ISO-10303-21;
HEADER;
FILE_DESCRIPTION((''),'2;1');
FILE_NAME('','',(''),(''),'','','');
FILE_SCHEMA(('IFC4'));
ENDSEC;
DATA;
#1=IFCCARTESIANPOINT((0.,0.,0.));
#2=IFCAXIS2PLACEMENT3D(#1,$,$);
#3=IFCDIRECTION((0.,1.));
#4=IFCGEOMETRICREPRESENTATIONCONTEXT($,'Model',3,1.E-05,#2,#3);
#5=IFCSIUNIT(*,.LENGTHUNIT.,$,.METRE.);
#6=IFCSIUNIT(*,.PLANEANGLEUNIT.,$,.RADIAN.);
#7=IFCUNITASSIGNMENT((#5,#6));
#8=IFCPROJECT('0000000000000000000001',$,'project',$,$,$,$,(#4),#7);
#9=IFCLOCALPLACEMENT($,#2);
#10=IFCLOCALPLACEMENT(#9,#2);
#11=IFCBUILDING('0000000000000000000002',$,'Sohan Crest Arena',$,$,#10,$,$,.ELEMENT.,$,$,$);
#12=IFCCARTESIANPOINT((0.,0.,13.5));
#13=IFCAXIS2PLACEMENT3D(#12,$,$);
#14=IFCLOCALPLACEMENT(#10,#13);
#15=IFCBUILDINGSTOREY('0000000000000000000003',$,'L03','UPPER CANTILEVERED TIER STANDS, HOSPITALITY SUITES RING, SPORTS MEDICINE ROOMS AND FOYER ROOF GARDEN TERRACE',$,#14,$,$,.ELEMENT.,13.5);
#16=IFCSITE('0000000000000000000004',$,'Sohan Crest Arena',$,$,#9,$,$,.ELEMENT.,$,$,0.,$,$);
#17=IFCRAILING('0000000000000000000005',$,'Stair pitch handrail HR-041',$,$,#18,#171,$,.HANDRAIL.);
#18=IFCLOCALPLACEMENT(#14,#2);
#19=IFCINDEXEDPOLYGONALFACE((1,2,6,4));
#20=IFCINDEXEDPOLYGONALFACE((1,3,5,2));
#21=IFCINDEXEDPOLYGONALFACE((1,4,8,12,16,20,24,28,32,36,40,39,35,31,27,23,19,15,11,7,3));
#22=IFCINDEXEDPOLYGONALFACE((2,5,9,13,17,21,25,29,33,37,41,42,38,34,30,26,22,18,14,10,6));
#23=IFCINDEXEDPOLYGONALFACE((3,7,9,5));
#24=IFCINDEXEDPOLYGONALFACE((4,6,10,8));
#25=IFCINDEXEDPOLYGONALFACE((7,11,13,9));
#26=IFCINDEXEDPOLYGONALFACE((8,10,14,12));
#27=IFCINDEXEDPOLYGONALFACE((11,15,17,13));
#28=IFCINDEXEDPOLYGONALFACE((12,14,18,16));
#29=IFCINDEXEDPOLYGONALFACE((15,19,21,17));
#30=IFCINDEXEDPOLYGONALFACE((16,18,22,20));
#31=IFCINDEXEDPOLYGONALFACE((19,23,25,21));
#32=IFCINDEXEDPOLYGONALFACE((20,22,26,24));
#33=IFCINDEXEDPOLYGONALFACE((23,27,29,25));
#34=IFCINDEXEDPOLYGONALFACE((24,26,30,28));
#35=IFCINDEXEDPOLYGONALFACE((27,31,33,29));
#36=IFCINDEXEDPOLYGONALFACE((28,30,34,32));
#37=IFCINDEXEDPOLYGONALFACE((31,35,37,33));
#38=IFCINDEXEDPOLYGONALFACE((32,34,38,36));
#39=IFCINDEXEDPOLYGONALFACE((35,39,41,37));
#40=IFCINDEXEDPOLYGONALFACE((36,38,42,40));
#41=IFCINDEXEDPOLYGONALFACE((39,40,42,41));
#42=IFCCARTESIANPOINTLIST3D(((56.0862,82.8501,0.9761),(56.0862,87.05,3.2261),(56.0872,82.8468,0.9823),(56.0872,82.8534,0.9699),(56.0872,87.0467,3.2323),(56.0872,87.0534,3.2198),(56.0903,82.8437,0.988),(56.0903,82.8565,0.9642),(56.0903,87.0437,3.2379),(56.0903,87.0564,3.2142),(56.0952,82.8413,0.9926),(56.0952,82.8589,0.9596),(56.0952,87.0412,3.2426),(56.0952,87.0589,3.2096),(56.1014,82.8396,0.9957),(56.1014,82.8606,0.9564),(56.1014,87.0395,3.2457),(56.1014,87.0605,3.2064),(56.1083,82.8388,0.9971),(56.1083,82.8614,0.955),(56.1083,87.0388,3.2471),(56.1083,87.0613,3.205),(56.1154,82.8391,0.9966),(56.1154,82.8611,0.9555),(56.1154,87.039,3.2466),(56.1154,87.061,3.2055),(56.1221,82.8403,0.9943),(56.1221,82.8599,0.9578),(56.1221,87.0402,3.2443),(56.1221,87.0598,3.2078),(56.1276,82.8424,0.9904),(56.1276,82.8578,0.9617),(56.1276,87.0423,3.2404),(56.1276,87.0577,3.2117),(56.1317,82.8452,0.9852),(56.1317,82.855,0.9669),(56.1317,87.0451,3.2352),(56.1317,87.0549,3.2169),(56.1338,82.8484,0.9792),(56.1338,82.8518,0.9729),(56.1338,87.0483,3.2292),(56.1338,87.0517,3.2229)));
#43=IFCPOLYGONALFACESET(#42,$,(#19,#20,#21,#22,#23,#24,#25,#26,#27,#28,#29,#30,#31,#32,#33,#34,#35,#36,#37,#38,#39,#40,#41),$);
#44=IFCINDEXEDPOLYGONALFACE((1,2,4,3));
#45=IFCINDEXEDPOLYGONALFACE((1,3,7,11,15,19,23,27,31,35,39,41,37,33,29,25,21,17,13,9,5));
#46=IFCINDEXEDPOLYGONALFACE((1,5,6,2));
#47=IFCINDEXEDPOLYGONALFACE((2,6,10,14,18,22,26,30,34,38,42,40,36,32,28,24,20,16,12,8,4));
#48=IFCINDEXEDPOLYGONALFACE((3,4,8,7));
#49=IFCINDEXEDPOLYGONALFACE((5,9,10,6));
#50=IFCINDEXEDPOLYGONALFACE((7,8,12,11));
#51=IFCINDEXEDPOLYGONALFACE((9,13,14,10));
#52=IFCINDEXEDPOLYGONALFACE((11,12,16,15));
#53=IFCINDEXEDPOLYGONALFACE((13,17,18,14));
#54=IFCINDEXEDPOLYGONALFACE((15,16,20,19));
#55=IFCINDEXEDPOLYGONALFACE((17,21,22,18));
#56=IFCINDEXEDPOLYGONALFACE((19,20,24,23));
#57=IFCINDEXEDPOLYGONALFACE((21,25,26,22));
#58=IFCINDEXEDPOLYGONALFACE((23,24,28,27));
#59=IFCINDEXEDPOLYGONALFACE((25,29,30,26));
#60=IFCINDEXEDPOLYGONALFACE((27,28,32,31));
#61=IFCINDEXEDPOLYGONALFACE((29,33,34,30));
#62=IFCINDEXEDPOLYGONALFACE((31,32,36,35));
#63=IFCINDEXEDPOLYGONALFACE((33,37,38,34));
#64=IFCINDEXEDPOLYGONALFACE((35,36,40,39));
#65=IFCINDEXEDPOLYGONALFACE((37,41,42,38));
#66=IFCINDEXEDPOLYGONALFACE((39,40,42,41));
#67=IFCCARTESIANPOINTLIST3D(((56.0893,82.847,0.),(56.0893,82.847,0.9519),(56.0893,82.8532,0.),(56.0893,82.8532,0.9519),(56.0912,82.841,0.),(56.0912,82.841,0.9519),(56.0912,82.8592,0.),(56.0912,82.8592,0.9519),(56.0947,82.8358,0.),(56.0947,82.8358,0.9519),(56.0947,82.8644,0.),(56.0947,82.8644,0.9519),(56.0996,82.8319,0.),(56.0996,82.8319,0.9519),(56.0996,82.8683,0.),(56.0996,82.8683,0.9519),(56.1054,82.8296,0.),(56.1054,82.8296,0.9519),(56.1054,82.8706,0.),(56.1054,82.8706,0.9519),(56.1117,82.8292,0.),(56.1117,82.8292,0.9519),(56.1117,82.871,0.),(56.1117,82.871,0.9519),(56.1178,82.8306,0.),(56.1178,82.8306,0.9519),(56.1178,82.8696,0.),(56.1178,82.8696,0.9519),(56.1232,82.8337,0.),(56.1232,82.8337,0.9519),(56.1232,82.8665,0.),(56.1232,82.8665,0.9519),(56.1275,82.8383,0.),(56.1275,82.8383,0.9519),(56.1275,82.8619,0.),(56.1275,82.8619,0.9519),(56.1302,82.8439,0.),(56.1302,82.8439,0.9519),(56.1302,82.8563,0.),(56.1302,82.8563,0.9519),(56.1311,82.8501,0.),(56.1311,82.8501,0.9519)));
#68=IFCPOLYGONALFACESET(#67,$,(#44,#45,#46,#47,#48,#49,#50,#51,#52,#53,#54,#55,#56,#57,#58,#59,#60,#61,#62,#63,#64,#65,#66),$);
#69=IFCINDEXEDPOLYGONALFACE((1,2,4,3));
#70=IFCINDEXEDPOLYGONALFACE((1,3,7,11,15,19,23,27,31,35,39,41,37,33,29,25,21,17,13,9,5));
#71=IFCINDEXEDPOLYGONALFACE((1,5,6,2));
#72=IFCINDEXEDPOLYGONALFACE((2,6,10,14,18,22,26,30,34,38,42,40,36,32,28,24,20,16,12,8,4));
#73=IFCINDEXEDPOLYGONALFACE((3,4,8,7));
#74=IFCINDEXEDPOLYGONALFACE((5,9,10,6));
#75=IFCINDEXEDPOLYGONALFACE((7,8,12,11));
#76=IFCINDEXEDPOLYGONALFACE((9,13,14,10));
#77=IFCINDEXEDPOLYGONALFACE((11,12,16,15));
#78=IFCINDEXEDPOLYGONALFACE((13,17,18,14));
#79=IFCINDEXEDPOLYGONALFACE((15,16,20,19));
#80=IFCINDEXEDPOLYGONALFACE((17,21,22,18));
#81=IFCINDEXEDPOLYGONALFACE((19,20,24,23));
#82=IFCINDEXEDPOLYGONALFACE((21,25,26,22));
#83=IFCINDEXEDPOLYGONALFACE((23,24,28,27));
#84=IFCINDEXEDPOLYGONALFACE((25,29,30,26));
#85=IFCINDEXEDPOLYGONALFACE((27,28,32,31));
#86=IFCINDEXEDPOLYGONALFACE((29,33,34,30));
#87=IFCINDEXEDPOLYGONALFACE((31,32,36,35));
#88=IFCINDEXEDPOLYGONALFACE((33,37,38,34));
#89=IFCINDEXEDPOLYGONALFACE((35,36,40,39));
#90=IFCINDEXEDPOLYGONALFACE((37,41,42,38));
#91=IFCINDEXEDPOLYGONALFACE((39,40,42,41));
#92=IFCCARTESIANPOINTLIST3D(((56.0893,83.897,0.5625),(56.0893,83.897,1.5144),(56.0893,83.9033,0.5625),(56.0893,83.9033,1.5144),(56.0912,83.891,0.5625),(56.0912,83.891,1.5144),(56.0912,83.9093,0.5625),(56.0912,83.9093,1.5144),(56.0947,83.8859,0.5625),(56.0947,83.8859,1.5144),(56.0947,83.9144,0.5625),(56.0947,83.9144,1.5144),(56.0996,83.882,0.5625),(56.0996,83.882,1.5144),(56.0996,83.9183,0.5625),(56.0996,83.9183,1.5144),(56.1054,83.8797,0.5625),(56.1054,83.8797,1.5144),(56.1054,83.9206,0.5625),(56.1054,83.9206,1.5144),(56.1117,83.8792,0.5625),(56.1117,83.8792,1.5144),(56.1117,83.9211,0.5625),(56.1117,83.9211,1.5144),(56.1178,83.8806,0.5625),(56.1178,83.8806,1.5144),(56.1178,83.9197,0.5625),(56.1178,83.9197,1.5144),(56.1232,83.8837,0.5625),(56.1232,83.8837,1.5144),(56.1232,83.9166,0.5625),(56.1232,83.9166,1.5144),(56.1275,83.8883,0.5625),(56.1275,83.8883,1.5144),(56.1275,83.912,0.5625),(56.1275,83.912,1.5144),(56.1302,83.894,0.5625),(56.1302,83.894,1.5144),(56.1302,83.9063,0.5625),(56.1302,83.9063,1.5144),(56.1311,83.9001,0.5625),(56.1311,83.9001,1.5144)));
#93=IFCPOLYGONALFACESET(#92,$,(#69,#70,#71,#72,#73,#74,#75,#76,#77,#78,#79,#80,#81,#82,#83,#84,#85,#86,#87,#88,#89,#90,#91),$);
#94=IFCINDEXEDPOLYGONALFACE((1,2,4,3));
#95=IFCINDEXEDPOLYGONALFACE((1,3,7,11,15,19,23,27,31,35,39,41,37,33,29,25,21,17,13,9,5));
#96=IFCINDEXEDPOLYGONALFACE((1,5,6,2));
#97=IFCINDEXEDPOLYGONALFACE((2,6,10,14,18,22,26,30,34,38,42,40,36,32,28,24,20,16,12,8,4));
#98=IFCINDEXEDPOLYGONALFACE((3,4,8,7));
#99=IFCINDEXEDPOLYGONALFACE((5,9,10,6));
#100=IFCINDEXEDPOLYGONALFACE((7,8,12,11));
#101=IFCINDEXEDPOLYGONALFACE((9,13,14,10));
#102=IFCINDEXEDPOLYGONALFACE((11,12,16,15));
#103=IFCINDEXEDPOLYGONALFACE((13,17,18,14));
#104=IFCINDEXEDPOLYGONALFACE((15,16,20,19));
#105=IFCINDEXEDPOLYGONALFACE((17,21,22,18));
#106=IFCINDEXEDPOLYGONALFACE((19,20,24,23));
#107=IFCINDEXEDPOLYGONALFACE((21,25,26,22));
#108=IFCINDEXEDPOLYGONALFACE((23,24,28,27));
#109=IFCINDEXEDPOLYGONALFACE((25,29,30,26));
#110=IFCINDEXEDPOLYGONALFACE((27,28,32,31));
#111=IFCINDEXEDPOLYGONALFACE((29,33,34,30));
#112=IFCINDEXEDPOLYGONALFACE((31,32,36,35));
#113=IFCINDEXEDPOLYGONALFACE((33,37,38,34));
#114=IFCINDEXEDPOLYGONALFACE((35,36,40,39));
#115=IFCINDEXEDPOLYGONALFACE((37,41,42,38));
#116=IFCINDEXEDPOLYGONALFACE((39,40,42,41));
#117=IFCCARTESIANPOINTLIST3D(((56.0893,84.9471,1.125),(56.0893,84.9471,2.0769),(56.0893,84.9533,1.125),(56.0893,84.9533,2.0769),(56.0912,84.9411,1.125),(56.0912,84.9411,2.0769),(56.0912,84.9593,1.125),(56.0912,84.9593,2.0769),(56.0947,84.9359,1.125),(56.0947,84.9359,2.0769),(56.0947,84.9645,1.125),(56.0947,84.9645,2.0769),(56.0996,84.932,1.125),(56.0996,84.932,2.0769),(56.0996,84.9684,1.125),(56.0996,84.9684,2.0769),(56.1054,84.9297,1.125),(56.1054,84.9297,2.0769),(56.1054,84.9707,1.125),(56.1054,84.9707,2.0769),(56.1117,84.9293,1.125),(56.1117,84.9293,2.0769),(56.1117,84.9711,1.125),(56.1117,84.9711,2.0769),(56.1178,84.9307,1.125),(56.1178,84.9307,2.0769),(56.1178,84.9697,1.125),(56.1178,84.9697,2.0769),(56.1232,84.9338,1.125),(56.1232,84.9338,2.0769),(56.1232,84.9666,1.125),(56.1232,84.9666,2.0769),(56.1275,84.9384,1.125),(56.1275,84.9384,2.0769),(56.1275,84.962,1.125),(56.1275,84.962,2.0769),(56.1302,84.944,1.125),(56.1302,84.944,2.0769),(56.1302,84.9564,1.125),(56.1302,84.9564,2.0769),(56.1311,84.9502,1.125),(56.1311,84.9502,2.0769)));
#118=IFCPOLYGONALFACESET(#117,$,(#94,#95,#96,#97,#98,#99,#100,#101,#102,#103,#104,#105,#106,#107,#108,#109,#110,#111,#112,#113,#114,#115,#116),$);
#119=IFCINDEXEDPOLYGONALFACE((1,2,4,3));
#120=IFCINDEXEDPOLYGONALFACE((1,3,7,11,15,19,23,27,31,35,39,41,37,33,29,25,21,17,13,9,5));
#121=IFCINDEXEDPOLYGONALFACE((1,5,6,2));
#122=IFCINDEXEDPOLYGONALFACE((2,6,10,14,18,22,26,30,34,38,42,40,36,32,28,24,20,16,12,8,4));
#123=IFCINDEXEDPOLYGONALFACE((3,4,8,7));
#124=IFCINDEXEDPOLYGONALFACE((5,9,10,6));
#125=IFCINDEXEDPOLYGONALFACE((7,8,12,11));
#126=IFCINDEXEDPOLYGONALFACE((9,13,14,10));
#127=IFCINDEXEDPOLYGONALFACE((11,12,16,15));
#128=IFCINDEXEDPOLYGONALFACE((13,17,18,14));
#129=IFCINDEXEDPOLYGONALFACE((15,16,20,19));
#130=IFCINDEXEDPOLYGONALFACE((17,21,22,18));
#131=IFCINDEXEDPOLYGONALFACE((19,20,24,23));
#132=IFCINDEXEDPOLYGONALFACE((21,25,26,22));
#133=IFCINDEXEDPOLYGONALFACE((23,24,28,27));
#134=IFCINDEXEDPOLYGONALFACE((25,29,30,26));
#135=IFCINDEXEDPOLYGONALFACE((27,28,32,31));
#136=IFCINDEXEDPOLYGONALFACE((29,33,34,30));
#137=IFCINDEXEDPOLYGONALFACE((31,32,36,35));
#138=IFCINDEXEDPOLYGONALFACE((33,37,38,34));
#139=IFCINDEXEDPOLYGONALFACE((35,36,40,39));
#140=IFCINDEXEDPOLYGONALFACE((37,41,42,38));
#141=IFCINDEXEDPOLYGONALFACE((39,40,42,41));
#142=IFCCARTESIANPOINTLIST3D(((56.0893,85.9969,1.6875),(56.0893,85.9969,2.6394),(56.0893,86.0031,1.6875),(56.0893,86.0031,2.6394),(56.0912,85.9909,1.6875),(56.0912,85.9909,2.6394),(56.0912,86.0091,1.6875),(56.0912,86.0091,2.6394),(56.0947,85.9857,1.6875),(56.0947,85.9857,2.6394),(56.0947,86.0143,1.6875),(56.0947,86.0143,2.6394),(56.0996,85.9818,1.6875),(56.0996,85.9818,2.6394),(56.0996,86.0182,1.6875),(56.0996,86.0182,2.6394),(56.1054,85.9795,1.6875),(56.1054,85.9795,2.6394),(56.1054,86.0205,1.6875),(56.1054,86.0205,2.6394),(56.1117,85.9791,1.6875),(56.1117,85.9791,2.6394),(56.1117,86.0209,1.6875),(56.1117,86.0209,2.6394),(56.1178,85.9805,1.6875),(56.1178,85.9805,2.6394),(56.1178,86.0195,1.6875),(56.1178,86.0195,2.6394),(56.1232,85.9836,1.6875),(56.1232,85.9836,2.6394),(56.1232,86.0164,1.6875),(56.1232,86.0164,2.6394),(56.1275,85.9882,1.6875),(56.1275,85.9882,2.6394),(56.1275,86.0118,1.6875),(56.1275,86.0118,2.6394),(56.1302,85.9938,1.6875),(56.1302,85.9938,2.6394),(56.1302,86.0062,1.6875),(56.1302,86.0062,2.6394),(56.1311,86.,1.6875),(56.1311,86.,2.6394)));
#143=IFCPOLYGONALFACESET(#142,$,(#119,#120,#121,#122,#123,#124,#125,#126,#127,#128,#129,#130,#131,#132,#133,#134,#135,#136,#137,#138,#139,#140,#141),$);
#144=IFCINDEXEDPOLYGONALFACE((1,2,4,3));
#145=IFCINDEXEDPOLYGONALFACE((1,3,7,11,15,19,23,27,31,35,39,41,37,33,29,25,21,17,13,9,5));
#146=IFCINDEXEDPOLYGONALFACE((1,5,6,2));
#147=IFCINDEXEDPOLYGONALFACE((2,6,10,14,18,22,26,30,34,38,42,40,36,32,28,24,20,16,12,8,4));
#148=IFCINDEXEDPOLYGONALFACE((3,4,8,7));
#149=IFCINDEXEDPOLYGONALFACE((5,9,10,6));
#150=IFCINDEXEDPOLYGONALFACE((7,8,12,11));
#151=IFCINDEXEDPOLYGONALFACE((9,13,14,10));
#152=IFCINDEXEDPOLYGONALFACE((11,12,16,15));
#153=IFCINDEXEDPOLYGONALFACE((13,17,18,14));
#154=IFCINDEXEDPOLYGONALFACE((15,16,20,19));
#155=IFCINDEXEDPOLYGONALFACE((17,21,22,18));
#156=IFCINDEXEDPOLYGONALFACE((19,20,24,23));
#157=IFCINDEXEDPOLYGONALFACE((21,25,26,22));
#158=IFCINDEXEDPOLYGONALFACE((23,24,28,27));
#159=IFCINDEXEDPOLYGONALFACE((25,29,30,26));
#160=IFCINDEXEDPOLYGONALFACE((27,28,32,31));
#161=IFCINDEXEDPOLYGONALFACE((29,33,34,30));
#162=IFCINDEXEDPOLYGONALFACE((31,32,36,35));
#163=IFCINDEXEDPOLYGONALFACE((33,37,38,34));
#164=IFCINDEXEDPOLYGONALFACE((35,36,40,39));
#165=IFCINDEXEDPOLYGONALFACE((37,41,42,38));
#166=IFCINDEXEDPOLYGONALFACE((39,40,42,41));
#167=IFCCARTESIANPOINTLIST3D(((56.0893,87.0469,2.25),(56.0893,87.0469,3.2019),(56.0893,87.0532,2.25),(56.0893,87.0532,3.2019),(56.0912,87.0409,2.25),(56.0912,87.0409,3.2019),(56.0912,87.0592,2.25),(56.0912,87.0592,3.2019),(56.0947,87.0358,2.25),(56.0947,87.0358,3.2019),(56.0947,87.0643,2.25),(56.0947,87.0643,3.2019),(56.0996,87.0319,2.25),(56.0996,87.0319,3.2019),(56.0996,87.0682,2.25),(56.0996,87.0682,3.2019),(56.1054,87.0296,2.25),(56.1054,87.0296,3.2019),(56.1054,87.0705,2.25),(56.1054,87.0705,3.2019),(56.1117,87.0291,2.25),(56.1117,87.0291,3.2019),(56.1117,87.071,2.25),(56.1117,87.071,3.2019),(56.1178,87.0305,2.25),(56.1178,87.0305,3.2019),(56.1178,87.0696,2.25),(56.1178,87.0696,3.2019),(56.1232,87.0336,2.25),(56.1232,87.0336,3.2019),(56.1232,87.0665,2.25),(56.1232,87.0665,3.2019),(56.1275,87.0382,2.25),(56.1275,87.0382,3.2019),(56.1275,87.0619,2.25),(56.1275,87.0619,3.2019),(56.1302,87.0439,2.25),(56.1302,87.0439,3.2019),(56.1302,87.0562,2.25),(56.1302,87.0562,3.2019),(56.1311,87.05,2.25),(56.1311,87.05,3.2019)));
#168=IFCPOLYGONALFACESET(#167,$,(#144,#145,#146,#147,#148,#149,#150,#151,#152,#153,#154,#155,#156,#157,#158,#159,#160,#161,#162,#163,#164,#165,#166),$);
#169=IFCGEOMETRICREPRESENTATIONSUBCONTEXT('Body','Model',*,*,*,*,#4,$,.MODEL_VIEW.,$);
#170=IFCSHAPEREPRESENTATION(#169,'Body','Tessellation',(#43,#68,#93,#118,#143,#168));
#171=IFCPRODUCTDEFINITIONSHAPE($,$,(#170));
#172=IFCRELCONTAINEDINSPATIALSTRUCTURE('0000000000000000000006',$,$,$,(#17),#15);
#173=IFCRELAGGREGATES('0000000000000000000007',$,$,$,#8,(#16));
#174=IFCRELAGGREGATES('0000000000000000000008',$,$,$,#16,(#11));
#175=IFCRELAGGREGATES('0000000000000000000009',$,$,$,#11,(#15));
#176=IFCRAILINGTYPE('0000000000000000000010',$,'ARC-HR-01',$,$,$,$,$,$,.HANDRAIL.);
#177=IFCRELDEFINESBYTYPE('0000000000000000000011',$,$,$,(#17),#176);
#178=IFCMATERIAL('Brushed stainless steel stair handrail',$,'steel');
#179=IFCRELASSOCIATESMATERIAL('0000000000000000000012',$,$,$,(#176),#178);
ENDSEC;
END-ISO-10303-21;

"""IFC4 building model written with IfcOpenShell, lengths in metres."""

from ifc_helpers import new_model, si_unit, direction, frame, origin, origin_2d, place, context, subcontext, project, spatial, circle, extrude, material, type_object, element, save


model = new_model("IFC4")

# Units and contexts
model_context = context("Model", 3, precision=1e-05, world=origin(), true_north=direction((0.0, 1.0)))
body_context = subcontext(model_context, "Body", "Model", "MODEL_VIEW")
ifc_project = project(units=[si_unit("LENGTHUNIT", "METRE"), si_unit("PLANEANGLEUNIT", "RADIAN")], contexts=[model_context])

# Site, building, storey
site_placement = place(None, origin())
site = spatial("IfcSite", under=ifc_project, at=site_placement, Name="Sohan Crest Arena", CompositionType="ELEMENT", RefElevation=0.0)
building_placement = place(site_placement, origin())
building = spatial("IfcBuilding", under=site, at=building_placement, Name="Sohan Crest Arena", CompositionType="ELEMENT")
storey_placement = place(building_placement, frame((0.0, 0.0, 13.5)))
storey = spatial("IfcBuildingStorey", under=building, at=storey_placement, Name="L03", Description="UPPER CANTILEVERED TIER STANDS, HOSPITALITY SUITES RING, SPORTS MEDICINE ROOMS AND FOYER ROOF GARDEN TERRACE", CompositionType="ELEMENT", Elevation=13.5)

# Railing
ifc_material_1 = material(Name="Brushed stainless steel stair handrail", Category="steel")
railing_type_1 = type_object("IfcRailingType", Name="ARC-HR-01", PredefinedType="HANDRAIL", material=ifc_material_1)
for number, where, name in (
    (1, (56.1101, 82.8501, 0.0), "Stair pitch handrail HR-041"),
):
    element("IfcRailing", number, at=place(storey_placement, frame(where)), inside=storey, type_object=railing_type_1, Name=name, PredefinedType="HANDRAIL", context=body_context, shape_type="SweptSolid", body=[
        extrude(circle(Radius=0.0239, at=origin_2d()), frame((0.0, 0.0, 0.9761), z_axis=(0.0, 0.881478, 0.472226), x_axis=(-1.0, 0.0, 0.0)), (0.0, 0.0, 1.0), 4.7646),
        extrude(circle(Radius=0.021, at=origin_2d()), origin(), (0.0, 0.0, 1.0), 0.9519),
        extrude(circle(Radius=0.021, at=origin_2d()), frame((0.0, 1.05, 0.5625)), (0.0, 0.0, 1.0), 0.9519),
        extrude(circle(Radius=0.021, at=origin_2d()), frame((0.0, 2.1001, 1.125)), (0.0, 0.0, 1.0), 0.9519),
        extrude(circle(Radius=0.021, at=origin_2d()), frame((0.0, 3.1499, 1.6875)), (0.0, 0.0, 1.0), 0.9519),
        extrude(circle(Radius=0.021, at=origin_2d()), frame((0.0, 4.2, 2.25)), (0.0, 0.0, 1.0), 0.9519),
    ])

save(model, "model.ifc")
